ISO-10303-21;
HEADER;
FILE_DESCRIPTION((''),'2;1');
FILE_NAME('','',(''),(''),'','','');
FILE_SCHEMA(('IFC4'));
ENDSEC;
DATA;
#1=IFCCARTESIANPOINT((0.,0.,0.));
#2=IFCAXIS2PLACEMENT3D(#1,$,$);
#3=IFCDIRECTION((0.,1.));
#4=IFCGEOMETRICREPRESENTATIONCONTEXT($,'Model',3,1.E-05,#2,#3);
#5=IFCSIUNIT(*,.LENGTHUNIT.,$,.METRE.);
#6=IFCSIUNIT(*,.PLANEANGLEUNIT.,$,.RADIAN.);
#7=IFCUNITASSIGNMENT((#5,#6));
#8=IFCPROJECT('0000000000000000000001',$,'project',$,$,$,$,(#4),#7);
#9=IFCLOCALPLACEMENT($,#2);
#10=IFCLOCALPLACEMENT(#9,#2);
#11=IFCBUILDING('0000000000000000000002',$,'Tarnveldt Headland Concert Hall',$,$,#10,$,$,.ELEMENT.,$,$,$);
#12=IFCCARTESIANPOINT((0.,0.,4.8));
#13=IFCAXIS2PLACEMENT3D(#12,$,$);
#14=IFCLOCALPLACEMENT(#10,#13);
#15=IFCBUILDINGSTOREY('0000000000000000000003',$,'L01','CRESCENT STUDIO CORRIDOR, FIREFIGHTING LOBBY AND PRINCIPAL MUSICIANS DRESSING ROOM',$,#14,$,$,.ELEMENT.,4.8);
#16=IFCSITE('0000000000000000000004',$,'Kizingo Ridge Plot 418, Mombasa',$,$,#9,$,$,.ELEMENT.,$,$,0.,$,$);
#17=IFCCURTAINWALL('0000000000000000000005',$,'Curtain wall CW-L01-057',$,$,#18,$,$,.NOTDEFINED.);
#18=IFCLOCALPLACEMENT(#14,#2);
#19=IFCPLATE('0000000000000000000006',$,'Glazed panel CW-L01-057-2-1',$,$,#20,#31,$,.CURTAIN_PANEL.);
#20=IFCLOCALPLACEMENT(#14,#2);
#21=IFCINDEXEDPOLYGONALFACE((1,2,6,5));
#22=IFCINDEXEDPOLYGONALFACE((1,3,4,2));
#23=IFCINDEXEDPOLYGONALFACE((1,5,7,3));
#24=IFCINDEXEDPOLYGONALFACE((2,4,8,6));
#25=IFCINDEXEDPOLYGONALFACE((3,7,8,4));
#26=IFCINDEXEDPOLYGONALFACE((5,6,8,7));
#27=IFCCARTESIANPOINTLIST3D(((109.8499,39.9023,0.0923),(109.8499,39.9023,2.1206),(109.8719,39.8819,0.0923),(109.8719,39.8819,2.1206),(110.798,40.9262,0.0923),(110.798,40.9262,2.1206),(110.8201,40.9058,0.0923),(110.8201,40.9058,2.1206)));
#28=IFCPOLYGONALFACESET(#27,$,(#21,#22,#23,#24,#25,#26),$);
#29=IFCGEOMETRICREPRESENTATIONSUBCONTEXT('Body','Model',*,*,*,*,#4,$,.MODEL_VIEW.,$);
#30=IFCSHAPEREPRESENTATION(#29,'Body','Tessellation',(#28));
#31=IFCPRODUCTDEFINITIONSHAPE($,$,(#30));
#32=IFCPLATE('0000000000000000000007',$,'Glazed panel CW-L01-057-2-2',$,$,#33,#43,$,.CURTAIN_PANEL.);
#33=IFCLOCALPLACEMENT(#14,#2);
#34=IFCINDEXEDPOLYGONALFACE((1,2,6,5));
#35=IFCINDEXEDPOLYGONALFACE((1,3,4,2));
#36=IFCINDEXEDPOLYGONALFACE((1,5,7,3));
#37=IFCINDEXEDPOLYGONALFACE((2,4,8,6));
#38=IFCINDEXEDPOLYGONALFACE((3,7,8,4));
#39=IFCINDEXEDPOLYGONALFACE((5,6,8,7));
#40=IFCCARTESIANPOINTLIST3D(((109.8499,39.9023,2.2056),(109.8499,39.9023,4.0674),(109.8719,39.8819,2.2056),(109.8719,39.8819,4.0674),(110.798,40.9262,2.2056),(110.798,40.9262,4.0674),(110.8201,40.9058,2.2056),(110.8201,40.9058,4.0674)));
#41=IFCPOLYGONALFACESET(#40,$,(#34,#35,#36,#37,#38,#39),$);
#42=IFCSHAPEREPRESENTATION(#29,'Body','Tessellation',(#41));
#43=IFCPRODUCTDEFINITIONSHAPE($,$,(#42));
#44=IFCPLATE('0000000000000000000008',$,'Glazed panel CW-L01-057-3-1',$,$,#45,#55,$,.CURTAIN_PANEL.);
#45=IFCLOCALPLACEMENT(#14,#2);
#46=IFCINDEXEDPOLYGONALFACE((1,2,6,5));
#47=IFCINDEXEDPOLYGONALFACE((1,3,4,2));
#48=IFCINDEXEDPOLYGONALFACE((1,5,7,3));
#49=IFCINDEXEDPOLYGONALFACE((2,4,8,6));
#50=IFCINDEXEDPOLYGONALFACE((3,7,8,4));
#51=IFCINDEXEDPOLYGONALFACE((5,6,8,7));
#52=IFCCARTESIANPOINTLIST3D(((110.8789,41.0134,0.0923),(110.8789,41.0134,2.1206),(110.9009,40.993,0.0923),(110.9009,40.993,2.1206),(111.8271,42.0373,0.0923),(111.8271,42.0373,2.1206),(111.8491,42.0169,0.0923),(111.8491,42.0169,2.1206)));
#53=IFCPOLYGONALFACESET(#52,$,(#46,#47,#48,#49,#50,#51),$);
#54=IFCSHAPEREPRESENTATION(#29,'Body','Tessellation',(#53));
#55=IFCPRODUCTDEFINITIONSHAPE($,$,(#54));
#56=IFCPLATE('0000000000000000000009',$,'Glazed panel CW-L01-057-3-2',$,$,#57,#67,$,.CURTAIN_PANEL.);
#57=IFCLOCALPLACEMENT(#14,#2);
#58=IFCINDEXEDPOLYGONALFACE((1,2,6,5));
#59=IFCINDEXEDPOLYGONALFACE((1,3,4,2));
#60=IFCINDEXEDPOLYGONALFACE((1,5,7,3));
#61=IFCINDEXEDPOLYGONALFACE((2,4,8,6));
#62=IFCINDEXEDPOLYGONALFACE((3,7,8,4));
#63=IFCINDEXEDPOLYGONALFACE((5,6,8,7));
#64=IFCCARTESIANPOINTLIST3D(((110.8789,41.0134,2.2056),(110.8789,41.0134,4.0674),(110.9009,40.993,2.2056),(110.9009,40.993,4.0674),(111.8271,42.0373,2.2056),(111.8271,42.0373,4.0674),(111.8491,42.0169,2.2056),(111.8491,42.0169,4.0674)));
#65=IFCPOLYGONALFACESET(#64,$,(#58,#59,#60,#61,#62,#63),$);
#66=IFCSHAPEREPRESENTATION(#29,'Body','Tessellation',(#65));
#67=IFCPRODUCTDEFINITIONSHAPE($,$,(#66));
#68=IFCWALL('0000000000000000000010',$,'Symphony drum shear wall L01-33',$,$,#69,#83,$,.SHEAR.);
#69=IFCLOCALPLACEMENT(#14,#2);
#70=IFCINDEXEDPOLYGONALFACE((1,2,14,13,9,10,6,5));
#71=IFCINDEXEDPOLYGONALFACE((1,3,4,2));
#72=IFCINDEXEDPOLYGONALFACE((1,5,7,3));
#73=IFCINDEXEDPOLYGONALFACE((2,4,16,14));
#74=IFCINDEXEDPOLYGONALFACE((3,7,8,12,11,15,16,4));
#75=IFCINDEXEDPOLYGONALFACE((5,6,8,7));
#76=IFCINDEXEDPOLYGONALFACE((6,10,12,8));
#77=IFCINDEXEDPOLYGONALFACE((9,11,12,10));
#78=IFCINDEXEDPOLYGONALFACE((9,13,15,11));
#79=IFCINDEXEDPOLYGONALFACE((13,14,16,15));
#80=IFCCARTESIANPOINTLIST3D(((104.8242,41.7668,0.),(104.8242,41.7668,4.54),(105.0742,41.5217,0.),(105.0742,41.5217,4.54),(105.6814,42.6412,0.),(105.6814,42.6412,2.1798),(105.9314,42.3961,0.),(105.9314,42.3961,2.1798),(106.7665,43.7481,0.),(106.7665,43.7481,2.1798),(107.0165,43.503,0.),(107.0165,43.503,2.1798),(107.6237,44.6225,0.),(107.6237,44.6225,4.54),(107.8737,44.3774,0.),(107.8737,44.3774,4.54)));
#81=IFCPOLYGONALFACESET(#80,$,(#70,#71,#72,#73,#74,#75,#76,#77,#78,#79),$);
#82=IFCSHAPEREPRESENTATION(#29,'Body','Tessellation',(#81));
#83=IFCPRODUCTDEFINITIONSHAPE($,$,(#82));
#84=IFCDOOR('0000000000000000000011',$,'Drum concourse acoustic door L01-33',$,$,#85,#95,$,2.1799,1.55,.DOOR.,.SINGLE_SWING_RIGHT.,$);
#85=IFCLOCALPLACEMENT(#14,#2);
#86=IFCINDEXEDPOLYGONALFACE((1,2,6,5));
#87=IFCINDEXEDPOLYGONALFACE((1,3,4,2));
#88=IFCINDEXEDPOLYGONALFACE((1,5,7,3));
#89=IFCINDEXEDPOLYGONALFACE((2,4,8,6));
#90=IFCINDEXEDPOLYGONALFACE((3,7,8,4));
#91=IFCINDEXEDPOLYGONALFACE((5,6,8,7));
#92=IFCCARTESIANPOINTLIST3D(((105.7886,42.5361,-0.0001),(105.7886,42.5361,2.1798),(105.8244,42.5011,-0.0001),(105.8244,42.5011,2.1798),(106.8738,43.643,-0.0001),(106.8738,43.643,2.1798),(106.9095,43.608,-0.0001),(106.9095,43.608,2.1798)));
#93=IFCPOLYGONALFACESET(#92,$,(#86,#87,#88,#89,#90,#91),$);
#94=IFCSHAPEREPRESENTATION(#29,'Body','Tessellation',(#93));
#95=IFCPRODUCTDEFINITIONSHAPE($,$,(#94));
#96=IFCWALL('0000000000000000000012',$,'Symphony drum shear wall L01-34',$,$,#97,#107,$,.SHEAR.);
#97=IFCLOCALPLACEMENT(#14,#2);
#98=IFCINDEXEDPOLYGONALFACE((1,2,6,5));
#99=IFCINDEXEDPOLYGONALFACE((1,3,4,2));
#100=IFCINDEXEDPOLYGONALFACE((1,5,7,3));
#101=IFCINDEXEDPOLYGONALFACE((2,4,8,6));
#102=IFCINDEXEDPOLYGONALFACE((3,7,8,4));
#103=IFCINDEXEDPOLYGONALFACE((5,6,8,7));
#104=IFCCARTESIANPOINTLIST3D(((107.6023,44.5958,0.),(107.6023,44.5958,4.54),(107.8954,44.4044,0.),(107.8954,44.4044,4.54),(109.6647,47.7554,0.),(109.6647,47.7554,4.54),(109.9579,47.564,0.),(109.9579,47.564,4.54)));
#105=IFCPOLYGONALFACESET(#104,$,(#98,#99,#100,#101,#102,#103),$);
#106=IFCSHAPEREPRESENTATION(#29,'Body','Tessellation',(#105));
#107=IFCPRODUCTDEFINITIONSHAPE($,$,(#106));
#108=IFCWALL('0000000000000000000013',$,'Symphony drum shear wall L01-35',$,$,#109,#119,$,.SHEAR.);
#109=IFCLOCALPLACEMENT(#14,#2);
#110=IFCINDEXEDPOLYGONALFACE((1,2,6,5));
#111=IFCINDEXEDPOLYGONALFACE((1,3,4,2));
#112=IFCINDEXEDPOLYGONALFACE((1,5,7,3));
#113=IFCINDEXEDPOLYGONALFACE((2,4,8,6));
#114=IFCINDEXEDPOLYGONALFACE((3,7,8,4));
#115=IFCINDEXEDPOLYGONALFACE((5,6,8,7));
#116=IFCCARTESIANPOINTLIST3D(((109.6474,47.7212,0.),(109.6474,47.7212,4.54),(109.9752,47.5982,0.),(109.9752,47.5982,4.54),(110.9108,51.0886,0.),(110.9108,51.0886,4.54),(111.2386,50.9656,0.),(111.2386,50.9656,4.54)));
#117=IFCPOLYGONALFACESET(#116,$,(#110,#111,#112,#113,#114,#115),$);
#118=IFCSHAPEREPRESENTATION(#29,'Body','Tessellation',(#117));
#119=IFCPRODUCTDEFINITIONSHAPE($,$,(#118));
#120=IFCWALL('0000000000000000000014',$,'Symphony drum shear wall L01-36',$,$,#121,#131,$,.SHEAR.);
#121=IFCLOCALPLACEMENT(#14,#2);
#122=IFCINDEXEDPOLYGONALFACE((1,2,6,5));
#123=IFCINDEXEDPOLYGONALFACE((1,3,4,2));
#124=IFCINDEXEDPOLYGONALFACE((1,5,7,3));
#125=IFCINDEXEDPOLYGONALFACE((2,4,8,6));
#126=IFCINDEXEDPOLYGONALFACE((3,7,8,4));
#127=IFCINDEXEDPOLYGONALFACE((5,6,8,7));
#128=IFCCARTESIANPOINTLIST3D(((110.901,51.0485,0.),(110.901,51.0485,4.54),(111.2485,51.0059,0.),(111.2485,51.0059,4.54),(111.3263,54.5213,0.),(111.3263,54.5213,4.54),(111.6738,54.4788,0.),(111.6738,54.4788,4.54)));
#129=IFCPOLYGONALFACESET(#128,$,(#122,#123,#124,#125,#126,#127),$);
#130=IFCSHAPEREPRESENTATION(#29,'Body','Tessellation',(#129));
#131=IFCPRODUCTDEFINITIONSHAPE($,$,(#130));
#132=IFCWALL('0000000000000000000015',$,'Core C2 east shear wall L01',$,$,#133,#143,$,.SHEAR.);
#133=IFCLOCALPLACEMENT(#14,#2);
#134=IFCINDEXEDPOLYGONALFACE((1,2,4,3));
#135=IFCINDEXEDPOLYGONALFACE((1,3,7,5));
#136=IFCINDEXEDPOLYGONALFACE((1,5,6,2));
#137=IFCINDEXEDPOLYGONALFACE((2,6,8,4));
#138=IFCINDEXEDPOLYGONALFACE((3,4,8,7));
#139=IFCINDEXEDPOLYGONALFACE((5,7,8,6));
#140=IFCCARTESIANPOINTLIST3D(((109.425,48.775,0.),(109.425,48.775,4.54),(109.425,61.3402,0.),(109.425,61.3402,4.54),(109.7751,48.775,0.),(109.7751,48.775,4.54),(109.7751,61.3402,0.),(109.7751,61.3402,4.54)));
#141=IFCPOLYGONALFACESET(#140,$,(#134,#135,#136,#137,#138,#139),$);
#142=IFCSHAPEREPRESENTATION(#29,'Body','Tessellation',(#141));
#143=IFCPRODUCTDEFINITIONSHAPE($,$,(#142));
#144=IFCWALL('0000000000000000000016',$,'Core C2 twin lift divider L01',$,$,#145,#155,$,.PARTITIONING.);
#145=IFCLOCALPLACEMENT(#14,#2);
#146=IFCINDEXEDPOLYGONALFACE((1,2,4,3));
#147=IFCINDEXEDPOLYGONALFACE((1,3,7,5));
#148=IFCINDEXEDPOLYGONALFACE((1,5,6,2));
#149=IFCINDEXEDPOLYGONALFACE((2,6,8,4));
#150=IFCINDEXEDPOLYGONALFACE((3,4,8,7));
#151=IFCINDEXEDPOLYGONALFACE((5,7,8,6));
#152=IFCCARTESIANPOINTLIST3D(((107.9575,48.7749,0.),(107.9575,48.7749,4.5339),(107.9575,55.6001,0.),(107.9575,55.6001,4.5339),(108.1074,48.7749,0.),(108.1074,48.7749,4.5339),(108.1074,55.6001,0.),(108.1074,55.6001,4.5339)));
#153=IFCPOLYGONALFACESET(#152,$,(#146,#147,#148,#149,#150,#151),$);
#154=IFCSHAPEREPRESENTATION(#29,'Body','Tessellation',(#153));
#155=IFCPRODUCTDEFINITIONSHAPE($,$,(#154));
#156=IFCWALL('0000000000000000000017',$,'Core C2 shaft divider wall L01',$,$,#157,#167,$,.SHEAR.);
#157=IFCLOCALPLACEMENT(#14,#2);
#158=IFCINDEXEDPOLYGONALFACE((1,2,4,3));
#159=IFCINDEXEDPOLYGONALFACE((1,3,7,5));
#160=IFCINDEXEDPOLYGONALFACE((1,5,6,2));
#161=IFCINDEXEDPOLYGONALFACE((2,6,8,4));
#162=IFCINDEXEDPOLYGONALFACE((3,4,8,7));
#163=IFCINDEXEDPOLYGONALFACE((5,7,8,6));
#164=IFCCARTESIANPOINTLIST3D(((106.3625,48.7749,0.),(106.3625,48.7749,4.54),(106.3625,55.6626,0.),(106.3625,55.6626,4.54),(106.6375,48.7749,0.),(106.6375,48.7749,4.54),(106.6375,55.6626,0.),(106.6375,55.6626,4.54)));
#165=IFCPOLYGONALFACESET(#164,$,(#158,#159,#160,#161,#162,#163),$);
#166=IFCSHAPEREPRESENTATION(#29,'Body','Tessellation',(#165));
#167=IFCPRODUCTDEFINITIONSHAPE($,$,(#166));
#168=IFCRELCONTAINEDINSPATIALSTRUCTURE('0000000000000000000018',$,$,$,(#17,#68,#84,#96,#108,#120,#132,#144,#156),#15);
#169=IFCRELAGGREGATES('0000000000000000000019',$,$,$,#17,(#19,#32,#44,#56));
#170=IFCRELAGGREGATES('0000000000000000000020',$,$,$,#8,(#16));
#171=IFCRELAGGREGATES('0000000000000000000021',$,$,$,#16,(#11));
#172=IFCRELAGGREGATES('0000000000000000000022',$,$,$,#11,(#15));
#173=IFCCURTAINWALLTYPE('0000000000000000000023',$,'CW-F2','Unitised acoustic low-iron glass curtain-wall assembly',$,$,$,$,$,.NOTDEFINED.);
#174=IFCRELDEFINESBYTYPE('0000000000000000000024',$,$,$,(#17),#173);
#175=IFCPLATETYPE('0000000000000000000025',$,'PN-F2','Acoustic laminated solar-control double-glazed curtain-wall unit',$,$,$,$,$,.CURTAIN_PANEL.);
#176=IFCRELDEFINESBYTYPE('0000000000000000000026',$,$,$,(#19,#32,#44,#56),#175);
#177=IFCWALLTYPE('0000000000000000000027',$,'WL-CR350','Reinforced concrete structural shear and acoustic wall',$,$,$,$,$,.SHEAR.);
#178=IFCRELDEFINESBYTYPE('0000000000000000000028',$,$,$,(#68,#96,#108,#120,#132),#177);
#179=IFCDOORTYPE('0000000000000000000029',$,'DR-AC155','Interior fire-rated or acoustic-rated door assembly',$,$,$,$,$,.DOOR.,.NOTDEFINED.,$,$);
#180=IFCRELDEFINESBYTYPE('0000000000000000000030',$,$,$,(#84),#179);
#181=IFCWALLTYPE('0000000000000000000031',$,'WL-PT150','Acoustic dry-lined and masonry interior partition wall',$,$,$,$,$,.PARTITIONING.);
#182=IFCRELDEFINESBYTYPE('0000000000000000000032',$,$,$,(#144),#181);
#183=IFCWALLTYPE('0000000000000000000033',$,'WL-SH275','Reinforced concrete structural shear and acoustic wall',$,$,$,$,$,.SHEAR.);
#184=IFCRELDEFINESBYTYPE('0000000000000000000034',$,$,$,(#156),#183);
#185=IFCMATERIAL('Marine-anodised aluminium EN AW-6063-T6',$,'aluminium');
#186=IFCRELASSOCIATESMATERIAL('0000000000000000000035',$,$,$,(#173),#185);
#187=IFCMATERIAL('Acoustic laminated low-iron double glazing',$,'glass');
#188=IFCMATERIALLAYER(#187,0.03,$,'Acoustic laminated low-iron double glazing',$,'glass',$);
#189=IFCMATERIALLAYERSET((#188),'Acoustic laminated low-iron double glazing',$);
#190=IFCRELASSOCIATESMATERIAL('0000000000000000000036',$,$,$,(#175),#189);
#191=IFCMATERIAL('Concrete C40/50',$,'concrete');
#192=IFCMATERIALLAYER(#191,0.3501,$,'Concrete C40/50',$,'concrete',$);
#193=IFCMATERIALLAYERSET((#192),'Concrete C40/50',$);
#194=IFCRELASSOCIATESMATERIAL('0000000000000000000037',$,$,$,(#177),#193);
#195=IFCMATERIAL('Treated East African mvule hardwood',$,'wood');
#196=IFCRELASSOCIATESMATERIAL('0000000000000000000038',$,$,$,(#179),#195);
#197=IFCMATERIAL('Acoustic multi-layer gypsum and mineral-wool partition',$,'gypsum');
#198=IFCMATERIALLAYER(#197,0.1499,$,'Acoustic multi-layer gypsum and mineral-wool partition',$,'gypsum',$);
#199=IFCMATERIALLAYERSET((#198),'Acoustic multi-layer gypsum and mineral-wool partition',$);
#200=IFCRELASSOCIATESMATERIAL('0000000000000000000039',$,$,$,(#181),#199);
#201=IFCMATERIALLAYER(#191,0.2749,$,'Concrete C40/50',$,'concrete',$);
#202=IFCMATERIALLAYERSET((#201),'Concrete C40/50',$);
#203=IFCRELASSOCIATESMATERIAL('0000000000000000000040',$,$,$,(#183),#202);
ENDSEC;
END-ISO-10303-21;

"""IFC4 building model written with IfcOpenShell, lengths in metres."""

from ifc_helpers import new_model, si_unit, direction, frame, frame_2d, origin, origin_2d, place, context, subcontext, project, spatial, rectangle, extrude, material, layer, layer_set, type_object, element, fill, aggregate, save


model = new_model("IFC4")

# Units and contexts
model_context = context("Model", 3, precision=1e-05, world=origin(), true_north=direction((0.0, 1.0)))
body_context = subcontext(model_context, "Body", "Model", "MODEL_VIEW")
ifc_project = project(units=[si_unit("LENGTHUNIT", "METRE"), si_unit("PLANEANGLEUNIT", "RADIAN")], contexts=[model_context])

# Site, building, storey
site_placement = place(None, origin())
site = spatial("IfcSite", under=ifc_project, at=site_placement, Name="Kizingo Ridge Plot 418, Mombasa", CompositionType="ELEMENT", RefElevation=0.0)
building_placement = place(site_placement, origin())
building = spatial("IfcBuilding", under=site, at=building_placement, Name="Tarnveldt Headland Concert Hall", CompositionType="ELEMENT")
storey_placement = place(building_placement, frame((0.0, 0.0, 4.8)))
storey = spatial("IfcBuildingStorey", under=building, at=storey_placement, Name="L01", Description="CRESCENT STUDIO CORRIDOR, FIREFIGHTING LOBBY AND PRINCIPAL MUSICIANS DRESSING ROOM", CompositionType="ELEMENT", Elevation=4.8)

# Shared definitions
ifc_material_1 = material(Name="Concrete C40/50", Category="concrete")

# Curtain wall
ifc_material_2 = material(Name="Marine-anodised aluminium EN AW-6063-T6", Category="aluminium")
curtain_wall_type = type_object("IfcCurtainWallType", Name="CW-F2", Description="Unitised acoustic low-iron glass curtain-wall assembly", PredefinedType="NOTDEFINED", material=ifc_material_2)
curtain_wall_placement = place(storey_placement, origin())
curtain_wall = element("IfcCurtainWall", 1, at=curtain_wall_placement, inside=storey, type_object=curtain_wall_type, Name="Curtain wall CW-L01-057", PredefinedType="NOTDEFINED")

# Plates
ifc_material_3 = material(Name="Acoustic laminated low-iron double glazing", Category="glass")
ifc_layer_1 = layer(ifc_material_3, 0.03, Name="Acoustic laminated low-iron double glazing", Category="glass")
ifc_layer_set_1 = layer_set([ifc_layer_1], Name="Acoustic laminated low-iron double glazing")
plate_type = type_object("IfcPlateType", Name="PN-F2", Description="Acoustic laminated solar-control double-glazed curtain-wall unit", PredefinedType="CURTAIN_PANEL", material=ifc_layer_set_1)
plate_1_placement = place(storey_placement, frame((110.335, 40.4041, 0.0923), z_axis=(0.0, 0.0, 1.0), x_axis=(0.679454, 0.733718, 0.0)))
plate_1 = element("IfcPlate", 2, at=plate_1_placement, type_object=plate_type, Name="Glazed panel CW-L01-057-2-1", PredefinedType="CURTAIN_PANEL", context=body_context, shape_type="SweptSolid", body=[
    extrude(rectangle(XDim=1.3955, YDim=0.03, at=origin_2d()), origin(), (0.0, 0.0, 1.0), 2.0283),
])
plate_2_placement = place(storey_placement, frame((110.335, 40.4041, 2.2056), z_axis=(0.0, 0.0, 1.0), x_axis=(0.679454, 0.733718, 0.0)))
plate_2 = element("IfcPlate", 3, at=plate_2_placement, type_object=plate_type, Name="Glazed panel CW-L01-057-2-2", PredefinedType="CURTAIN_PANEL", context=body_context, shape_type="SweptSolid", body=[
    extrude(rectangle(XDim=1.3955, YDim=0.03, at=origin_2d()), origin(), (0.0, 0.0, 1.0), 1.8618),
])
plate_3_placement = place(storey_placement, frame((111.364, 41.5151, 0.0923), z_axis=(0.0, 0.0, 1.0), x_axis=(0.679454, 0.733718, 0.0)))
plate_3 = element("IfcPlate", 4, at=plate_3_placement, type_object=plate_type, Name="Glazed panel CW-L01-057-3-1", PredefinedType="CURTAIN_PANEL", context=body_context, shape_type="SweptSolid", body=[
    extrude(rectangle(XDim=1.3955, YDim=0.03, at=origin_2d()), origin(), (0.0, 0.0, 1.0), 2.0283),
])
plate_4_placement = place(storey_placement, frame((111.364, 41.5151, 2.2056), z_axis=(0.0, 0.0, 1.0), x_axis=(0.679454, 0.733718, 0.0)))
plate_4 = element("IfcPlate", 5, at=plate_4_placement, type_object=plate_type, Name="Glazed panel CW-L01-057-3-2", PredefinedType="CURTAIN_PANEL", context=body_context, shape_type="SweptSolid", body=[
    extrude(rectangle(XDim=1.3955, YDim=0.03, at=origin_2d()), origin(), (0.0, 0.0, 1.0), 1.8618),
])
aggregate(curtain_wall, [plate_1, plate_2, plate_3, plate_4])

# Wall, opening, door
ifc_layer_2 = layer(ifc_material_1, 0.3501, Name="Concrete C40/50", Category="concrete")
ifc_layer_set_2 = layer_set([ifc_layer_2], Name="Concrete C40/50")
wall_type_1 = type_object("IfcWallType", Name="WL-CR350", Description="Reinforced concrete structural shear and acoustic wall", PredefinedType="SHEAR", material=ifc_layer_set_2)
wall_1_placement = place(storey_placement, frame((104.9492, 41.6443, 0.0), z_axis=(0.0, 0.0, 1.0), x_axis=(0.700051, 0.714093, 0.0)))
wall_1 = element("IfcWall", 6, at=wall_1_placement, inside=storey, type_object=wall_type_1, Name="Symphony drum shear wall L01-33", PredefinedType="SHEAR", context=body_context, shape_type="SweptSolid", body=[
    extrude(rectangle(XDim=3.999, YDim=0.3501, at=frame_2d((1.9995, 0.0))), origin(), (0.0, 0.0, 1.0), 4.54),
])
opening_placement = place(wall_1_placement, frame((1.2246, 0.0, 0.0)))
opening = element("IfcOpeningElement", 7, at=opening_placement, cuts=wall_1, PredefinedType="OPENING", context=body_context, shape_type="SweptSolid", body=[
    extrude(rectangle(XDim=1.55, YDim=2.1799, at=frame_2d((0.7749, 1.0898))), frame((0.0, 0.1851, 0.0), z_axis=(0.0, -1.0, 0.0), x_axis=(1.0, 0.0, 0.0)), (0.0, 0.0, 1.0), 0.3701),
])
ifc_material_4 = material(Name="Treated East African mvule hardwood", Category="wood")
door_type = type_object("IfcDoorType", Name="DR-AC155", Description="Interior fire-rated or acoustic-rated door assembly", OperationType="NOTDEFINED", PredefinedType="DOOR", material=ifc_material_4)
door_placement = place(opening_placement, origin())
door = element("IfcDoor", 8, at=door_placement, inside=storey, type_object=door_type, Name="Drum concourse acoustic door L01-33", OperationType="SINGLE_SWING_RIGHT", OverallHeight=2.1799, OverallWidth=1.55, PredefinedType="DOOR", context=body_context, shape_type="SweptSolid", body=[
    extrude(rectangle(XDim=1.55, YDim=2.1799, at=frame_2d((0.7749, 1.0898))), frame((0.0, 0.0249, 0.0), z_axis=(0.0, -1.0, 0.0), x_axis=(1.0, 0.0, 0.0)), (0.0, 0.0, 1.0), 0.05),
])
fill(opening, door)

# Walls
wall_2_placement = place(storey_placement, frame((107.7488, 44.5, 0.0), z_axis=(0.0, 0.0, 1.0), x_axis=(0.546611, 0.837387, 0.0)))
element("IfcWall", 9, at=wall_2_placement, inside=storey, type_object=wall_type_1, Name="Symphony drum shear wall L01-34", PredefinedType="SHEAR", context=body_context, shape_type="SweptSolid", body=[
    extrude(rectangle(XDim=3.7732, YDim=0.3501, at=frame_2d((1.8867, 0.0))), origin(), (0.0, 0.0, 1.0), 4.54),
])
wall_3_placement = place(storey_placement, frame((109.8113, 47.6597, 0.0), z_axis=(0.0, 0.0, 1.0), x_axis=(0.35128, 0.936271, 0.0)))
element("IfcWall", 10, at=wall_3_placement, inside=storey, type_object=wall_type_1, Name="Symphony drum shear wall L01-35", PredefinedType="SHEAR", context=body_context, shape_type="SweptSolid", body=[
    extrude(rectangle(XDim=3.5967, YDim=0.3501, at=frame_2d((1.7983, 0.0))), origin(), (0.0, 0.0, 1.0), 4.54),
])
wall_4_placement = place(storey_placement, frame((111.0747, 51.0271, 0.0), z_axis=(0.0, 0.0, 1.0), x_axis=(0.121552, 0.992585, 0.0)))
element("IfcWall", 11, at=wall_4_placement, inside=storey, type_object=wall_type_1, Name="Symphony drum shear wall L01-36", PredefinedType="SHEAR", context=body_context, shape_type="SweptSolid", body=[
    extrude(rectangle(XDim=3.4988, YDim=0.3501, at=frame_2d((1.7495, 0.0))), origin(), (0.0, 0.0, 1.0), 4.54),
])
wall_5_placement = place(storey_placement, frame((109.6001, 48.7749, 0.0), z_axis=(0.0, 0.0, 1.0), x_axis=(0.0, 1.0, 0.0)))
element("IfcWall", 12, at=wall_5_placement, inside=storey, type_object=wall_type_1, Name="Core C2 east shear wall L01", PredefinedType="SHEAR", context=body_context, shape_type="SweptSolid", body=[
    extrude(rectangle(XDim=12.5652, YDim=0.3501, at=frame_2d((6.2827, 0.0))), origin(), (0.0, 0.0, 1.0), 4.54),
])
ifc_material_5 = material(Name="Acoustic multi-layer gypsum and mineral-wool partition", Category="gypsum")
ifc_layer_3 = layer(ifc_material_5, 0.1499, Name="Acoustic multi-layer gypsum and mineral-wool partition", Category="gypsum")
ifc_layer_set_3 = layer_set([ifc_layer_3], Name="Acoustic multi-layer gypsum and mineral-wool partition")
wall_type_2 = type_object("IfcWallType", Name="WL-PT150", Description="Acoustic dry-lined and masonry interior partition wall", PredefinedType="PARTITIONING", material=ifc_layer_set_3)
wall_6_placement = place(storey_placement, frame((108.0325, 48.7749, 0.0), z_axis=(0.0, 0.0, 1.0), x_axis=(0.0, 1.0, 0.0)))
element("IfcWall", 13, at=wall_6_placement, inside=storey, type_object=wall_type_2, Name="Core C2 twin lift divider L01", PredefinedType="PARTITIONING", context=body_context, shape_type="SweptSolid", body=[
    extrude(rectangle(XDim=6.8252, YDim=0.1499, at=frame_2d((3.4126, 0.0))), origin(), (0.0, 0.0, 1.0), 4.5339),
])
ifc_layer_4 = layer(ifc_material_1, 0.2749, Name="Concrete C40/50", Category="concrete")
ifc_layer_set_4 = layer_set([ifc_layer_4], Name="Concrete C40/50")
wall_type_3 = type_object("IfcWallType", Name="WL-SH275", Description="Reinforced concrete structural shear and acoustic wall", PredefinedType="SHEAR", material=ifc_layer_set_4)
wall_7_placement = place(storey_placement, frame((106.5, 48.7749, 0.0), z_axis=(0.0, 0.0, 1.0), x_axis=(0.0, 1.0, 0.0)))
element("IfcWall", 14, at=wall_7_placement, inside=storey, type_object=wall_type_3, Name="Core C2 shaft divider wall L01", PredefinedType="SHEAR", context=body_context, shape_type="SweptSolid", body=[
    extrude(rectangle(XDim=6.8877, YDim=0.2749, at=frame_2d((3.4438, 0.0))), origin(), (0.0, 0.0, 1.0), 4.54),
])

save(model, "model.ifc")
